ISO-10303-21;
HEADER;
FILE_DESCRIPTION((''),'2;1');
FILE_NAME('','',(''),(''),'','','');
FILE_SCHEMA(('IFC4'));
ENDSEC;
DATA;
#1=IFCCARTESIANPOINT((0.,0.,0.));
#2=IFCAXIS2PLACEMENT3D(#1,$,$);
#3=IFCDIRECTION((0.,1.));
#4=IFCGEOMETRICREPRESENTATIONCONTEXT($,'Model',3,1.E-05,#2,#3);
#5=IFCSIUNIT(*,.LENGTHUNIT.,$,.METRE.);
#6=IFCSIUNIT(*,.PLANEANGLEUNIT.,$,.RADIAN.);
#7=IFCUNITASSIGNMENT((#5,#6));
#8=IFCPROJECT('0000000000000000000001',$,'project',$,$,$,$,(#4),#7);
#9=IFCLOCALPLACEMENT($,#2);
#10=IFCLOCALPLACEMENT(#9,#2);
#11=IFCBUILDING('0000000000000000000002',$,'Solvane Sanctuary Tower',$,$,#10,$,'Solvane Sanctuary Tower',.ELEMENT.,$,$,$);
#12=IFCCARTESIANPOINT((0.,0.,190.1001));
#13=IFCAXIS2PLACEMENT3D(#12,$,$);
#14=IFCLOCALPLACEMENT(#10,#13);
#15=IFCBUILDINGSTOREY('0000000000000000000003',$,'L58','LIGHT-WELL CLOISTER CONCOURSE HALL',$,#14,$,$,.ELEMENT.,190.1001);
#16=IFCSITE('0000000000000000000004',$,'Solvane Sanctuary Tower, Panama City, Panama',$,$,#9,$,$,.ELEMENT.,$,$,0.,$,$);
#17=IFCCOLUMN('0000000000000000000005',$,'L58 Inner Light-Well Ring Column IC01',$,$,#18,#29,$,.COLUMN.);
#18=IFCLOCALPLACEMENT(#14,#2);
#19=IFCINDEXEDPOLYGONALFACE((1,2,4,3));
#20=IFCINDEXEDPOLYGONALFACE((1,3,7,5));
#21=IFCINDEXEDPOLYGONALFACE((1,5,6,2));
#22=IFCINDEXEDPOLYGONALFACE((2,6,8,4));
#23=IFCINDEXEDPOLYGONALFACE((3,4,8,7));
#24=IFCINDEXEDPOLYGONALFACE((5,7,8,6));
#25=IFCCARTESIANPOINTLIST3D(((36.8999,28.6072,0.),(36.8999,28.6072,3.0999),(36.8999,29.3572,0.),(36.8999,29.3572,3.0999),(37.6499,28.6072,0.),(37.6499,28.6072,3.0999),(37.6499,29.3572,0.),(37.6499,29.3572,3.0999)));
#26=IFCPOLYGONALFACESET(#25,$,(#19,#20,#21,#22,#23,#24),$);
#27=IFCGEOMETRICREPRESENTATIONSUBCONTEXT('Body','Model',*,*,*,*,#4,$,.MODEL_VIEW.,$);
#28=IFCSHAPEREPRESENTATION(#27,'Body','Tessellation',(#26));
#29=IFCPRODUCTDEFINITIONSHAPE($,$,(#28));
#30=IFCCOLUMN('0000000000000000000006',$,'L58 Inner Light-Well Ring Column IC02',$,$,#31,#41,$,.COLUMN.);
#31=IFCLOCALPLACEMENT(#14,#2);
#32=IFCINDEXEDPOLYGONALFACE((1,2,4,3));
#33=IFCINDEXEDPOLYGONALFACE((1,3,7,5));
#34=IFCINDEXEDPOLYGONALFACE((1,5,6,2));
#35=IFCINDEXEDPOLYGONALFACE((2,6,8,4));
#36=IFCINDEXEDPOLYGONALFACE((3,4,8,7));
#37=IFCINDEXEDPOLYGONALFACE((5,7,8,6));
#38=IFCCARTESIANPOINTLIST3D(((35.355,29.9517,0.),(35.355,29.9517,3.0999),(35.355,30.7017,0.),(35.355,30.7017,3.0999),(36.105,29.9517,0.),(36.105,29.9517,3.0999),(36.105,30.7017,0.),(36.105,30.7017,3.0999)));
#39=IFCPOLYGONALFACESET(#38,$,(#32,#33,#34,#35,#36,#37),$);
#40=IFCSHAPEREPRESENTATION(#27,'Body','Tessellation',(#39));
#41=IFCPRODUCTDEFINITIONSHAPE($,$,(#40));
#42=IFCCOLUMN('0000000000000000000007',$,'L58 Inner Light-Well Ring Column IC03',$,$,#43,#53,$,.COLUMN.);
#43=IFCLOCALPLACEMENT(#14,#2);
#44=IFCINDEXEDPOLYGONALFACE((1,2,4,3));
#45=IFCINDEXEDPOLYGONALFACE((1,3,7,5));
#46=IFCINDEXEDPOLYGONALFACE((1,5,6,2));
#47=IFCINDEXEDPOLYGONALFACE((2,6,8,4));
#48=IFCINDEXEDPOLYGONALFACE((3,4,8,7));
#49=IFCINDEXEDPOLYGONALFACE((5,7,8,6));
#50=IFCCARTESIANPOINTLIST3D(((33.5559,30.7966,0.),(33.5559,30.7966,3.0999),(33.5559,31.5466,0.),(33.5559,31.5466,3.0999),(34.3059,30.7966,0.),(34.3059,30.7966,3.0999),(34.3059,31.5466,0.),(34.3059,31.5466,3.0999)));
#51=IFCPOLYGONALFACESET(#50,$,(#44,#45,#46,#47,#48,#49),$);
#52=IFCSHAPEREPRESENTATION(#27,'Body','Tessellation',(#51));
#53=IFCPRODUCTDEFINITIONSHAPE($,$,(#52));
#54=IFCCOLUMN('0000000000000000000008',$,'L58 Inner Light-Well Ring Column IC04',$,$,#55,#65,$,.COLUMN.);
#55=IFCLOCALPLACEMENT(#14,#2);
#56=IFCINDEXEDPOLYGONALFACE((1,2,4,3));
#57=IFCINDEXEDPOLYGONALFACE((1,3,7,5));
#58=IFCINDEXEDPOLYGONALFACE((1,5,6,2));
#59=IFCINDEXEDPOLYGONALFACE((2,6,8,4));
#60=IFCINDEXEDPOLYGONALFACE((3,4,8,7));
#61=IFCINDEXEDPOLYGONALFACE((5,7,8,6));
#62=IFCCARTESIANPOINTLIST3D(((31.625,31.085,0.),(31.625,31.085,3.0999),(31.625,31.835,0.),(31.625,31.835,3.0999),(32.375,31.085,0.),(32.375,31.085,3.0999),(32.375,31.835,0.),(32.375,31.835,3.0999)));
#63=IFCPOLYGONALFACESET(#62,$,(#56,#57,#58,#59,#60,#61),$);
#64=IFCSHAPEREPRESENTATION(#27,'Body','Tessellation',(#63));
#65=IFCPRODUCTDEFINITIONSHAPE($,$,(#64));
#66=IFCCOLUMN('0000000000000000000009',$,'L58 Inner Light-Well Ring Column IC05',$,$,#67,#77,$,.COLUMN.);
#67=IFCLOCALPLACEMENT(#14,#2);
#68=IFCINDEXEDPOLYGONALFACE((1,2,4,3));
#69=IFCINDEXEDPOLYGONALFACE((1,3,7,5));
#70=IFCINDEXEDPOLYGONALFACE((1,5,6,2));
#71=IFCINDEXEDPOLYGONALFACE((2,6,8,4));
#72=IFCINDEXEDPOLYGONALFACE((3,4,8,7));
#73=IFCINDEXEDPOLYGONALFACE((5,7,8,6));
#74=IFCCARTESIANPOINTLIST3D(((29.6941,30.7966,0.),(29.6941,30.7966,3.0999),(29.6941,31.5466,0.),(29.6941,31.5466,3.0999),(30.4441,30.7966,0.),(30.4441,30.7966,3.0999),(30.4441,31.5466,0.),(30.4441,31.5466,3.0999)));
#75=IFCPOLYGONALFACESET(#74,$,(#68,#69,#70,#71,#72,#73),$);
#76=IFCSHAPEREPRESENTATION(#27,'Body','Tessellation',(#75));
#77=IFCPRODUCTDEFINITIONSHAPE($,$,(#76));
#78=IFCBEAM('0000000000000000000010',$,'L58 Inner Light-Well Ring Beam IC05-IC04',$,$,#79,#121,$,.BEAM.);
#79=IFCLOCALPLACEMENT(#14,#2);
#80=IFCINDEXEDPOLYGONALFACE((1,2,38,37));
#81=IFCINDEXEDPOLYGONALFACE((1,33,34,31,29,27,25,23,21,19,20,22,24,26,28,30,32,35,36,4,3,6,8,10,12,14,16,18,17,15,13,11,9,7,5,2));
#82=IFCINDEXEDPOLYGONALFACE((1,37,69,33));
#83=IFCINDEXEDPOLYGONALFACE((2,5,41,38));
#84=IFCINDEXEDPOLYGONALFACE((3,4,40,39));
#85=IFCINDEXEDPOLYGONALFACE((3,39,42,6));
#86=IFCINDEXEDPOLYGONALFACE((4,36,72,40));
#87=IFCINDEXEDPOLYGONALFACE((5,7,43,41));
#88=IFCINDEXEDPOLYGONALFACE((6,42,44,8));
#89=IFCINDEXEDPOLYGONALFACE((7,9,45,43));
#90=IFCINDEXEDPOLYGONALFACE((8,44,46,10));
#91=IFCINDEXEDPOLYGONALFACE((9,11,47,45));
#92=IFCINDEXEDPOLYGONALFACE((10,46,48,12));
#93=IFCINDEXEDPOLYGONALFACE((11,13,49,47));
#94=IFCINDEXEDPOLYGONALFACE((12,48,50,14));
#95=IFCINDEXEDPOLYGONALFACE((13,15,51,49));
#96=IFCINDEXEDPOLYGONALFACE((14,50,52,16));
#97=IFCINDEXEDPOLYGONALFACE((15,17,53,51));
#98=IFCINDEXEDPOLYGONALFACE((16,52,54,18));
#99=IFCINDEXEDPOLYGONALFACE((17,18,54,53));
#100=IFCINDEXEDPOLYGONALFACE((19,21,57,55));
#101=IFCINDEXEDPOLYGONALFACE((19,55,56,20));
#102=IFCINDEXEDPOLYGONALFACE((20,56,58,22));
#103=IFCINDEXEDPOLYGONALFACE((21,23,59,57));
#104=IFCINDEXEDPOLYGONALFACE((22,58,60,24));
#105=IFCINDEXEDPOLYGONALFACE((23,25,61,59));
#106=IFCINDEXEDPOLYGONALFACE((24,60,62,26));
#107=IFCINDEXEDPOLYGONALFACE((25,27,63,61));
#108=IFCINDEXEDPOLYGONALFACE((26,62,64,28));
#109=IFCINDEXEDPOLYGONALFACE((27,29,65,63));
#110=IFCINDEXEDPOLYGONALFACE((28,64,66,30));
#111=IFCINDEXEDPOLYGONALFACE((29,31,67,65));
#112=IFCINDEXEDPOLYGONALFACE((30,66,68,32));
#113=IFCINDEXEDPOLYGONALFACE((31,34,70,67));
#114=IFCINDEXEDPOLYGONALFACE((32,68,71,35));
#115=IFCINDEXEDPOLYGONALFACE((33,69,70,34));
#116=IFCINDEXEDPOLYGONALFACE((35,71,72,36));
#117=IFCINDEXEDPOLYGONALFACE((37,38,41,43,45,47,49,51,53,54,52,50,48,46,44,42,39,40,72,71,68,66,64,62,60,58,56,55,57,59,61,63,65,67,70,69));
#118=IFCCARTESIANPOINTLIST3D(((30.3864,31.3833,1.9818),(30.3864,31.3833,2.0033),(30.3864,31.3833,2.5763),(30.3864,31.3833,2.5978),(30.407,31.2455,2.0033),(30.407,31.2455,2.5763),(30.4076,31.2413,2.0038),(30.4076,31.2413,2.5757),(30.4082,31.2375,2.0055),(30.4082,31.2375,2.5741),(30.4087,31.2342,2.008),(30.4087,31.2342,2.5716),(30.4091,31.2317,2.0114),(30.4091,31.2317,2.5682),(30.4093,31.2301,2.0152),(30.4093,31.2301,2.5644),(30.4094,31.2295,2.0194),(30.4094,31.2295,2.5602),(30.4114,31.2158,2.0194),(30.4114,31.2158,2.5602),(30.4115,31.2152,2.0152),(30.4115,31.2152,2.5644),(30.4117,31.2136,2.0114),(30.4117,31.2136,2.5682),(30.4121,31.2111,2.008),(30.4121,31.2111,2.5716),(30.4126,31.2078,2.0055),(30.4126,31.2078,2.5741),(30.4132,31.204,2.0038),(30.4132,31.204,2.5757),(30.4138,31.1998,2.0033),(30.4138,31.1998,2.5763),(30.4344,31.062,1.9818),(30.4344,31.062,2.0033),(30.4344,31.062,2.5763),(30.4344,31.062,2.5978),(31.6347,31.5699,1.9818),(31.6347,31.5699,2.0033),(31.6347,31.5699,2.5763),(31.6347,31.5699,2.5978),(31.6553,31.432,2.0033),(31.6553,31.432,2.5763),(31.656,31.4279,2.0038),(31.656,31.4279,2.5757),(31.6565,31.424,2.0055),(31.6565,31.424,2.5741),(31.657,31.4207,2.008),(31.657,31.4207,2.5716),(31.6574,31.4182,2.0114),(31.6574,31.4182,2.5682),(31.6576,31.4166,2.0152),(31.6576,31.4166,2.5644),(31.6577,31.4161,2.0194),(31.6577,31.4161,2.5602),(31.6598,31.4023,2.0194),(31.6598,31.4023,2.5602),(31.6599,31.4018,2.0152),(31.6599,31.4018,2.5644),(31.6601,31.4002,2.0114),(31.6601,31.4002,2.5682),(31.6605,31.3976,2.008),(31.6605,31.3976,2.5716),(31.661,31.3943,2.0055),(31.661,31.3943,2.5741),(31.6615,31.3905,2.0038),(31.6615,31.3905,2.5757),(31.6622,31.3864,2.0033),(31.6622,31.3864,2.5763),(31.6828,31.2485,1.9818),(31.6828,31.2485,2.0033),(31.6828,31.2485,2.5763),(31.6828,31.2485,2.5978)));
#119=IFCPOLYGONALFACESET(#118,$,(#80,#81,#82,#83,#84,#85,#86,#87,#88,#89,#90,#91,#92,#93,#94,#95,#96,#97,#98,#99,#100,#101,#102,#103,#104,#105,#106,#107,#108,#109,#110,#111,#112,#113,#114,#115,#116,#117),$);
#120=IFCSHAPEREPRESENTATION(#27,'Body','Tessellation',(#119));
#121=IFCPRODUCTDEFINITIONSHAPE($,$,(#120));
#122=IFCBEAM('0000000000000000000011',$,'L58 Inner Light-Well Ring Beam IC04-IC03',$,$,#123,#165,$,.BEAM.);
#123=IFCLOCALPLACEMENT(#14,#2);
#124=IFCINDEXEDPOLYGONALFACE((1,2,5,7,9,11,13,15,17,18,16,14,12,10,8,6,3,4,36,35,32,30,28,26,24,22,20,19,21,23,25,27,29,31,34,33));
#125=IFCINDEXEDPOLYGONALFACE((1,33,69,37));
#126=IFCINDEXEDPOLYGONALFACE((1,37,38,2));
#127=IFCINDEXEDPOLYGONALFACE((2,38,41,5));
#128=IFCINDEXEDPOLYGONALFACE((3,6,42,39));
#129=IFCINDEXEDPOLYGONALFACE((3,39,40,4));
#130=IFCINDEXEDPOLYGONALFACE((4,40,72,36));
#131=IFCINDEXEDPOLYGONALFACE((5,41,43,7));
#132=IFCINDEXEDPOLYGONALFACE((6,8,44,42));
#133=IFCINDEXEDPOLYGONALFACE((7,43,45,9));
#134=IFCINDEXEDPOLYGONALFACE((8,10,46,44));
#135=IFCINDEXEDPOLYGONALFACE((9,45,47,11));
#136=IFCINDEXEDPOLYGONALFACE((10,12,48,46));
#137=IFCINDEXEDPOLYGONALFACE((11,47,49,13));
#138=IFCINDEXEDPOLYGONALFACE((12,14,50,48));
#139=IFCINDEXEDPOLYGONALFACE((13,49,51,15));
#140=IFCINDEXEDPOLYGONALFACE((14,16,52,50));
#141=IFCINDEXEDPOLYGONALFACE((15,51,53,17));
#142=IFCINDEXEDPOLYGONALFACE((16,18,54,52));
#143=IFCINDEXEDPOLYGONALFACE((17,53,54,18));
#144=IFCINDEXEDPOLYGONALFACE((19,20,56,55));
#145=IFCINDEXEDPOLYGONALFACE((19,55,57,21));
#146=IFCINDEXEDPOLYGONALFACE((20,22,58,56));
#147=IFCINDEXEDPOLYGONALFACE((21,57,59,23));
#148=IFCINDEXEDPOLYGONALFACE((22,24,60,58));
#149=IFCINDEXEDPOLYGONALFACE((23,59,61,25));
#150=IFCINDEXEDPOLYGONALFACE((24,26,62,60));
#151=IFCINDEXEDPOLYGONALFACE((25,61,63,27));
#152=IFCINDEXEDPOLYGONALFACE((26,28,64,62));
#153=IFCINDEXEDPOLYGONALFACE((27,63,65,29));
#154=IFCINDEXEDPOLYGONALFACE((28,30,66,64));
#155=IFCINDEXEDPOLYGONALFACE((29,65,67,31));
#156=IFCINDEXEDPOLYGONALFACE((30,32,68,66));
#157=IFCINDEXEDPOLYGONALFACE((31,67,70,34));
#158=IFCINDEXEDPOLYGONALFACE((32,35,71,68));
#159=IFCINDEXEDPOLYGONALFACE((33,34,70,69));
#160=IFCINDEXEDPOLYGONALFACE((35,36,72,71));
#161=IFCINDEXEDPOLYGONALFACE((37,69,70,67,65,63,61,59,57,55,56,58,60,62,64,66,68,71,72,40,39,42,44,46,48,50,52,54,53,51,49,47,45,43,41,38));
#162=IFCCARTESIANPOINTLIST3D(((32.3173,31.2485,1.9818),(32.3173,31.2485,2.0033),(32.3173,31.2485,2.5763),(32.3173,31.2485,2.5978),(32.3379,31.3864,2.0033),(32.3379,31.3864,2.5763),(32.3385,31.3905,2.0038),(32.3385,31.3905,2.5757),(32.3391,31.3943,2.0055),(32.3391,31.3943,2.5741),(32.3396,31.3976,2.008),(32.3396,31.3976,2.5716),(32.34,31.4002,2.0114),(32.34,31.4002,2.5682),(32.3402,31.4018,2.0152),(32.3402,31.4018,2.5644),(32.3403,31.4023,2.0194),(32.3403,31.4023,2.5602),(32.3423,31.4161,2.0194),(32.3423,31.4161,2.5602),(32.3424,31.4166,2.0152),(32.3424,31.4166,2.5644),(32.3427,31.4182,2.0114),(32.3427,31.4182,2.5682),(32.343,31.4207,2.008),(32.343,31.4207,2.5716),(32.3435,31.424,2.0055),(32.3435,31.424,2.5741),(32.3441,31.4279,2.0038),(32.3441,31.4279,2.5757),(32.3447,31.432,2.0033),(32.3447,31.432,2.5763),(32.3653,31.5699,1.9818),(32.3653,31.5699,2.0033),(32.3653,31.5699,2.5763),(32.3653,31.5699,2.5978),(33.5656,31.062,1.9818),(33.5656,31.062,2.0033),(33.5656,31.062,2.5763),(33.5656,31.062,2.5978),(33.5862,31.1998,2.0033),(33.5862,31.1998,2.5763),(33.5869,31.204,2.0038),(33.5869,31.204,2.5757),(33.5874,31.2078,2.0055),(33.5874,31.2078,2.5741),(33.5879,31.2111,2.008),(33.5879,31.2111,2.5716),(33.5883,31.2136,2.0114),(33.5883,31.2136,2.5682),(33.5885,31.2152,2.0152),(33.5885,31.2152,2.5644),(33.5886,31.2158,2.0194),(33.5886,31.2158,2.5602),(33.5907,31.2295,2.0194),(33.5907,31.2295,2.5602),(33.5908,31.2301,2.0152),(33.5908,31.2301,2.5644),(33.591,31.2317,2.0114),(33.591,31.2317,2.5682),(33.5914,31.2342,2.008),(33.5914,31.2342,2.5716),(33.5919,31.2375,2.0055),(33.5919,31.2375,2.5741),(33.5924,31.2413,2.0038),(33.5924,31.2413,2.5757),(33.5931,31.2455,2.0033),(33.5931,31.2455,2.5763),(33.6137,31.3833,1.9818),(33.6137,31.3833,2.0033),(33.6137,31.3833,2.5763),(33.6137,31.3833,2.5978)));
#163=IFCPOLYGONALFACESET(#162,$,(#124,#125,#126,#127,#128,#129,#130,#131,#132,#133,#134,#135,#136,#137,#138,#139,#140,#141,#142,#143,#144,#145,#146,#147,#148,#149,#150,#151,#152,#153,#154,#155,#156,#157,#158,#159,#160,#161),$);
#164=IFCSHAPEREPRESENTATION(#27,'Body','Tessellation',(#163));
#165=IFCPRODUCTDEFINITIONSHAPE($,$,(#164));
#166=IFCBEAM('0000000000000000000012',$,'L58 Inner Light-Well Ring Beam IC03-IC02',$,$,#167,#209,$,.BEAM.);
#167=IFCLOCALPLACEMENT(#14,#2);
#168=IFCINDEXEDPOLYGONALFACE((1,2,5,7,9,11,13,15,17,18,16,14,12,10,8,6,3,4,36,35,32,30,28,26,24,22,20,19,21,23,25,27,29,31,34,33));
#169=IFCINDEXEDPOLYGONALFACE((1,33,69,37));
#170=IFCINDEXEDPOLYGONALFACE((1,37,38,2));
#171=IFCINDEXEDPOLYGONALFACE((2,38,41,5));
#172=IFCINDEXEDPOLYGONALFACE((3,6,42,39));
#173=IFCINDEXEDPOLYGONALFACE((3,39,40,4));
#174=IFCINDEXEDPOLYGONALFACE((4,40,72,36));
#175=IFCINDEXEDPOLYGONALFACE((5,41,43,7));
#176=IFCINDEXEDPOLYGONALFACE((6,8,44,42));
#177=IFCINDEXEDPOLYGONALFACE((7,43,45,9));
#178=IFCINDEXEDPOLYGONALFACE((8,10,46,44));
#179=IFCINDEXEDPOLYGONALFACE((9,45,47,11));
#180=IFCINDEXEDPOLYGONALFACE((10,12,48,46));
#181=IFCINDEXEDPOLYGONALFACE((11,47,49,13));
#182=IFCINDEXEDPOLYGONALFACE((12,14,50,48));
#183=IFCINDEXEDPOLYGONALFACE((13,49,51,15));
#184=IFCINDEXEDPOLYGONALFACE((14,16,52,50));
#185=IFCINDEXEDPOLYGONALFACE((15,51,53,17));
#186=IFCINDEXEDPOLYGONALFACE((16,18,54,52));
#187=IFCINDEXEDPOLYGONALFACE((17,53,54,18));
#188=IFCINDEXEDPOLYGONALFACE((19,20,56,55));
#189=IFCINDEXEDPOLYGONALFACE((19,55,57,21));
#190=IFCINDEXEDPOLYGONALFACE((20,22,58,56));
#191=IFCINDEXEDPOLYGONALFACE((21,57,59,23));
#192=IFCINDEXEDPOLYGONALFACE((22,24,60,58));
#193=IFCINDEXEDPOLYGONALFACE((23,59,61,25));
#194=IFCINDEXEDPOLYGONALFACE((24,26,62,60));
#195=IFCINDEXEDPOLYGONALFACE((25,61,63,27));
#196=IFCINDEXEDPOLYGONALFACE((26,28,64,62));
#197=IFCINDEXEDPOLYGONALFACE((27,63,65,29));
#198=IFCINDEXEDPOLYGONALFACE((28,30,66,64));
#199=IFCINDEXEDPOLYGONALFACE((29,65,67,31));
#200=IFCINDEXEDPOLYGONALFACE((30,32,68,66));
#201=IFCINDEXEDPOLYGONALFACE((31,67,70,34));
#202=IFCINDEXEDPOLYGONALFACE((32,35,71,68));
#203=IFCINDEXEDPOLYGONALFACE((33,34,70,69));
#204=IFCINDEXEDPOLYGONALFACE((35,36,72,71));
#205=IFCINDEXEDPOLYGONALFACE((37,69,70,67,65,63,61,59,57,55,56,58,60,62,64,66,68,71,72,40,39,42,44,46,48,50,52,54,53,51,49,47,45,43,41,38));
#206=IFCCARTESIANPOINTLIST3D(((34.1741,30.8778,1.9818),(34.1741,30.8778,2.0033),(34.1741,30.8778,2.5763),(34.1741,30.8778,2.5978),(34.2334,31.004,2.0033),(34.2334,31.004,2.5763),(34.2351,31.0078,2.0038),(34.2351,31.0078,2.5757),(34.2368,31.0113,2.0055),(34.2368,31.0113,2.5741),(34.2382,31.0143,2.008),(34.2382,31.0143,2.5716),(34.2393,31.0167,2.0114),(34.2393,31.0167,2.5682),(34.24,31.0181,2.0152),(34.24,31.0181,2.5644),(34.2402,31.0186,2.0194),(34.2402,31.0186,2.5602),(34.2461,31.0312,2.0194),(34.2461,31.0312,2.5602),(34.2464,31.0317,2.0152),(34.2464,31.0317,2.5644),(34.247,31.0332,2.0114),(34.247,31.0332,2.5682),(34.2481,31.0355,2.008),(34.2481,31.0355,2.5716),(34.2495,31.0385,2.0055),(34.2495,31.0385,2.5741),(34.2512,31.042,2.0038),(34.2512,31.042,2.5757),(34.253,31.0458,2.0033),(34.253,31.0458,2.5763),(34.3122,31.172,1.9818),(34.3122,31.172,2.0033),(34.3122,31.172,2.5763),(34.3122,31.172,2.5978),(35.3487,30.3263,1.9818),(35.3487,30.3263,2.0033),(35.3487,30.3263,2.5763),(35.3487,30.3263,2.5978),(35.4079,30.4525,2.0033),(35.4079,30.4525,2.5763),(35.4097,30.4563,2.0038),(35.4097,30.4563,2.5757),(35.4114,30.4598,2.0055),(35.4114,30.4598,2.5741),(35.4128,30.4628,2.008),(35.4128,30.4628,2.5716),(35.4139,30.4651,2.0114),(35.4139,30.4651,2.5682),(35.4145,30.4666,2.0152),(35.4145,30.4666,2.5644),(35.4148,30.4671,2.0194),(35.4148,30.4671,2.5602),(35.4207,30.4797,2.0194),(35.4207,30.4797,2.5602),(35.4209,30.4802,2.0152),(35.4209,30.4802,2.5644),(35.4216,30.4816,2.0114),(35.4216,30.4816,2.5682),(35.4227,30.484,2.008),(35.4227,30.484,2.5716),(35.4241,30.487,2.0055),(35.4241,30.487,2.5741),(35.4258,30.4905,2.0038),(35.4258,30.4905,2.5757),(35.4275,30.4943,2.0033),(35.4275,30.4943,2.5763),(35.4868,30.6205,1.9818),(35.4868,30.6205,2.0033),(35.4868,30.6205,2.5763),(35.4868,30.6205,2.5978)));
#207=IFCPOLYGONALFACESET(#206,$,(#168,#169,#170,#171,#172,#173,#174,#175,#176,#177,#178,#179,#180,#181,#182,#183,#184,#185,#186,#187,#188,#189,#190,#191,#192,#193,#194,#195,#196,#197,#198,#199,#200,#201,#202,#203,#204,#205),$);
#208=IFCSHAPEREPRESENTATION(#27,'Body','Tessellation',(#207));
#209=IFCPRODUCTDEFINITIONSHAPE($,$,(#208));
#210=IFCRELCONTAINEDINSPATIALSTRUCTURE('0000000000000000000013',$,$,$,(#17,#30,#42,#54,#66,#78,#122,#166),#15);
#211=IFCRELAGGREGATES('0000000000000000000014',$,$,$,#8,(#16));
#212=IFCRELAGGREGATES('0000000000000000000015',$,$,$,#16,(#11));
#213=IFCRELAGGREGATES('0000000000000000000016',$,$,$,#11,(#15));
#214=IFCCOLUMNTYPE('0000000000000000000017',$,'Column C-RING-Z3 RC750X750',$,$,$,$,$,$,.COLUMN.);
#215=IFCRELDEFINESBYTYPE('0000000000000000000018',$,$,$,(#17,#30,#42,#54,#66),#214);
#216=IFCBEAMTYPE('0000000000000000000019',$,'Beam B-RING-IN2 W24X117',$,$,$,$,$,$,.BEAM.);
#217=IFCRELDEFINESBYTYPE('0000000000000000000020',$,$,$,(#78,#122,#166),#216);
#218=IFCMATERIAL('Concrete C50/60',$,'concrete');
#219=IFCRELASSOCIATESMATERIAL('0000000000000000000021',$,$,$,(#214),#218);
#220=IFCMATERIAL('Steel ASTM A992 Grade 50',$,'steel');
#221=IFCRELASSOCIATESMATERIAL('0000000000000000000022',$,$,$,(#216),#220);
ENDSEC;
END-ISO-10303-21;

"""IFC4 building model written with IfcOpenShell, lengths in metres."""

from ifc_helpers import new_model, si_unit, direction, frame, origin, origin_2d, place, context, subcontext, project, spatial, rectangle, i_section, extrude, material, material_profile, profile_set, type_object, element, save


model = new_model("IFC4")

# Units and contexts
model_context = context("Model", 3, precision=1e-05, world=origin(), true_north=direction((0.0, 1.0)))
body_context = subcontext(model_context, "Body", "Model", "MODEL_VIEW")
ifc_project = project(units=[si_unit("LENGTHUNIT", "METRE"), si_unit("PLANEANGLEUNIT", "RADIAN")], contexts=[model_context])

# Site, building, storey
site_placement = place(None, origin())
site = spatial("IfcSite", under=ifc_project, at=site_placement, Name="Solvane Sanctuary Tower, Panama City, Panama", CompositionType="ELEMENT", RefElevation=0.0)
building_placement = place(site_placement, origin())
building = spatial("IfcBuilding", under=site, at=building_placement, Name="Solvane Sanctuary Tower", LongName="Solvane Sanctuary Tower", CompositionType="ELEMENT")
storey_placement = place(building_placement, frame((0.0, 0.0, 190.1001)))
storey = spatial("IfcBuildingStorey", under=building, at=storey_placement, Name="L58", Description="LIGHT-WELL CLOISTER CONCOURSE HALL", CompositionType="ELEMENT", Elevation=190.1001)

# Columns
ifc_material_1 = material(Name="Concrete C50/60", Category="concrete")
ifc_material_profile_1 = material_profile(ifc_material_1, rectangle(XDim=0.75, YDim=0.75, at=origin_2d()), Name="RC750X750")
ifc_profile_set_1 = profile_set([ifc_material_profile_1], Name="Concrete C50/60")
column_type = type_object("IfcColumnType", Name="Column C-RING-Z3 RC750X750", PredefinedType="COLUMN", material=ifc_profile_set_1)
for number, where, z_axis, x_axis, name in (
    (1, (37.2749, 28.9822, 0.0), (0.0, 0.0, 1.0), (1.0, 0.0, 0.0), "L58 Inner Light-Well Ring Column IC01"),
    (2, (35.73, 30.3267, 0.0), (0.0, 0.0, 1.0), (1.0, 0.0, 0.0), "L58 Inner Light-Well Ring Column IC02"),
    (3, (33.9309, 31.1716, 0.0), (0.0, 0.0, 1.0), (1.0, 0.0, 0.0), "L58 Inner Light-Well Ring Column IC03"),
    (4, (32.0, 31.46, 0.0), (0.0, 0.0, 1.0), (1.0, 0.0, 0.0), "L58 Inner Light-Well Ring Column IC04"),
    (5, (30.0691, 31.1716, 0.0), (0.0, 0.0, 1.0), (1.0, 0.0, 0.0), "L58 Inner Light-Well Ring Column IC05"),
):
    element("IfcColumn", number, at=place(storey_placement, frame(where, z_axis=z_axis, x_axis=x_axis)), inside=storey, type_object=column_type, Name=name, PredefinedType="COLUMN", context=body_context, shape_type="SweptSolid", body=[
        extrude(rectangle(XDim=0.75, YDim=0.75, at=origin_2d()), origin(), (0.0, 0.0, 1.0), 3.0999),
    ])

# Beams
ifc_material_2 = material(Name="Steel ASTM A992 Grade 50", Category="steel")
ifc_material_profile_2 = material_profile(ifc_material_2, i_section(OverallWidth=0.325, OverallDepth=0.616, WebThickness=0.0139, FlangeThickness=0.0215, FilletRadius=0.0161, at=origin_2d()), Name="W24X117")
ifc_profile_set_2 = profile_set([ifc_material_profile_2], Name="Steel ASTM A992 Grade 50")
beam_type_1 = type_object("IfcBeamType", Name="Beam B-RING-IN2 W24X117", PredefinedType="BEAM", material=ifc_profile_set_2)
for number, where, z_axis, x_axis, name in (
    (6, (30.4104, 31.2227, 2.2898), (0.98902, 0.147782, 0.0), (-0.147782, 0.98902, 0.0), "L58 Inner Light-Well Ring Beam IC05-IC04"),
    (7, (32.3413, 31.4092, 2.2898), (0.98902, -0.147782, 0.0), (0.147782, 0.98902, 0.0), "L58 Inner Light-Well Ring Beam IC04-IC03"),
):
    element("IfcBeam", number, at=place(storey_placement, frame(where, z_axis=z_axis, x_axis=x_axis)), inside=storey, type_object=beam_type_1, Name=name, PredefinedType="BEAM", context=body_context, shape_type="SweptSolid", body=[
        extrude(i_section(OverallWidth=0.325, OverallDepth=0.616, WebThickness=0.0139, FlangeThickness=0.0215, FilletRadius=0.0161, at=origin_2d()), origin(), (0.0, 0.0, 1.0), 1.2622),
    ])
beam_1_placement = place(storey_placement, frame((34.2432, 31.0249, 2.2898), z_axis=(0.905181, -0.425027, 0.0), x_axis=(0.425027, 0.905181, 0.0)))
element("IfcBeam", 8, at=beam_1_placement, inside=storey, type_object=beam_type_1, Name="L58 Inner Light-Well Ring Beam IC03-IC02", PredefinedType="BEAM", context=body_context, shape_type="SweptSolid", body=[
    extrude(i_section(OverallWidth=0.325, OverallDepth=0.616, WebThickness=0.0139, FlangeThickness=0.0215, FilletRadius=0.0161, at=origin_2d()), origin(), (0.0, 0.0, 1.0), 1.2976),
])

save(model, "model.ifc")
